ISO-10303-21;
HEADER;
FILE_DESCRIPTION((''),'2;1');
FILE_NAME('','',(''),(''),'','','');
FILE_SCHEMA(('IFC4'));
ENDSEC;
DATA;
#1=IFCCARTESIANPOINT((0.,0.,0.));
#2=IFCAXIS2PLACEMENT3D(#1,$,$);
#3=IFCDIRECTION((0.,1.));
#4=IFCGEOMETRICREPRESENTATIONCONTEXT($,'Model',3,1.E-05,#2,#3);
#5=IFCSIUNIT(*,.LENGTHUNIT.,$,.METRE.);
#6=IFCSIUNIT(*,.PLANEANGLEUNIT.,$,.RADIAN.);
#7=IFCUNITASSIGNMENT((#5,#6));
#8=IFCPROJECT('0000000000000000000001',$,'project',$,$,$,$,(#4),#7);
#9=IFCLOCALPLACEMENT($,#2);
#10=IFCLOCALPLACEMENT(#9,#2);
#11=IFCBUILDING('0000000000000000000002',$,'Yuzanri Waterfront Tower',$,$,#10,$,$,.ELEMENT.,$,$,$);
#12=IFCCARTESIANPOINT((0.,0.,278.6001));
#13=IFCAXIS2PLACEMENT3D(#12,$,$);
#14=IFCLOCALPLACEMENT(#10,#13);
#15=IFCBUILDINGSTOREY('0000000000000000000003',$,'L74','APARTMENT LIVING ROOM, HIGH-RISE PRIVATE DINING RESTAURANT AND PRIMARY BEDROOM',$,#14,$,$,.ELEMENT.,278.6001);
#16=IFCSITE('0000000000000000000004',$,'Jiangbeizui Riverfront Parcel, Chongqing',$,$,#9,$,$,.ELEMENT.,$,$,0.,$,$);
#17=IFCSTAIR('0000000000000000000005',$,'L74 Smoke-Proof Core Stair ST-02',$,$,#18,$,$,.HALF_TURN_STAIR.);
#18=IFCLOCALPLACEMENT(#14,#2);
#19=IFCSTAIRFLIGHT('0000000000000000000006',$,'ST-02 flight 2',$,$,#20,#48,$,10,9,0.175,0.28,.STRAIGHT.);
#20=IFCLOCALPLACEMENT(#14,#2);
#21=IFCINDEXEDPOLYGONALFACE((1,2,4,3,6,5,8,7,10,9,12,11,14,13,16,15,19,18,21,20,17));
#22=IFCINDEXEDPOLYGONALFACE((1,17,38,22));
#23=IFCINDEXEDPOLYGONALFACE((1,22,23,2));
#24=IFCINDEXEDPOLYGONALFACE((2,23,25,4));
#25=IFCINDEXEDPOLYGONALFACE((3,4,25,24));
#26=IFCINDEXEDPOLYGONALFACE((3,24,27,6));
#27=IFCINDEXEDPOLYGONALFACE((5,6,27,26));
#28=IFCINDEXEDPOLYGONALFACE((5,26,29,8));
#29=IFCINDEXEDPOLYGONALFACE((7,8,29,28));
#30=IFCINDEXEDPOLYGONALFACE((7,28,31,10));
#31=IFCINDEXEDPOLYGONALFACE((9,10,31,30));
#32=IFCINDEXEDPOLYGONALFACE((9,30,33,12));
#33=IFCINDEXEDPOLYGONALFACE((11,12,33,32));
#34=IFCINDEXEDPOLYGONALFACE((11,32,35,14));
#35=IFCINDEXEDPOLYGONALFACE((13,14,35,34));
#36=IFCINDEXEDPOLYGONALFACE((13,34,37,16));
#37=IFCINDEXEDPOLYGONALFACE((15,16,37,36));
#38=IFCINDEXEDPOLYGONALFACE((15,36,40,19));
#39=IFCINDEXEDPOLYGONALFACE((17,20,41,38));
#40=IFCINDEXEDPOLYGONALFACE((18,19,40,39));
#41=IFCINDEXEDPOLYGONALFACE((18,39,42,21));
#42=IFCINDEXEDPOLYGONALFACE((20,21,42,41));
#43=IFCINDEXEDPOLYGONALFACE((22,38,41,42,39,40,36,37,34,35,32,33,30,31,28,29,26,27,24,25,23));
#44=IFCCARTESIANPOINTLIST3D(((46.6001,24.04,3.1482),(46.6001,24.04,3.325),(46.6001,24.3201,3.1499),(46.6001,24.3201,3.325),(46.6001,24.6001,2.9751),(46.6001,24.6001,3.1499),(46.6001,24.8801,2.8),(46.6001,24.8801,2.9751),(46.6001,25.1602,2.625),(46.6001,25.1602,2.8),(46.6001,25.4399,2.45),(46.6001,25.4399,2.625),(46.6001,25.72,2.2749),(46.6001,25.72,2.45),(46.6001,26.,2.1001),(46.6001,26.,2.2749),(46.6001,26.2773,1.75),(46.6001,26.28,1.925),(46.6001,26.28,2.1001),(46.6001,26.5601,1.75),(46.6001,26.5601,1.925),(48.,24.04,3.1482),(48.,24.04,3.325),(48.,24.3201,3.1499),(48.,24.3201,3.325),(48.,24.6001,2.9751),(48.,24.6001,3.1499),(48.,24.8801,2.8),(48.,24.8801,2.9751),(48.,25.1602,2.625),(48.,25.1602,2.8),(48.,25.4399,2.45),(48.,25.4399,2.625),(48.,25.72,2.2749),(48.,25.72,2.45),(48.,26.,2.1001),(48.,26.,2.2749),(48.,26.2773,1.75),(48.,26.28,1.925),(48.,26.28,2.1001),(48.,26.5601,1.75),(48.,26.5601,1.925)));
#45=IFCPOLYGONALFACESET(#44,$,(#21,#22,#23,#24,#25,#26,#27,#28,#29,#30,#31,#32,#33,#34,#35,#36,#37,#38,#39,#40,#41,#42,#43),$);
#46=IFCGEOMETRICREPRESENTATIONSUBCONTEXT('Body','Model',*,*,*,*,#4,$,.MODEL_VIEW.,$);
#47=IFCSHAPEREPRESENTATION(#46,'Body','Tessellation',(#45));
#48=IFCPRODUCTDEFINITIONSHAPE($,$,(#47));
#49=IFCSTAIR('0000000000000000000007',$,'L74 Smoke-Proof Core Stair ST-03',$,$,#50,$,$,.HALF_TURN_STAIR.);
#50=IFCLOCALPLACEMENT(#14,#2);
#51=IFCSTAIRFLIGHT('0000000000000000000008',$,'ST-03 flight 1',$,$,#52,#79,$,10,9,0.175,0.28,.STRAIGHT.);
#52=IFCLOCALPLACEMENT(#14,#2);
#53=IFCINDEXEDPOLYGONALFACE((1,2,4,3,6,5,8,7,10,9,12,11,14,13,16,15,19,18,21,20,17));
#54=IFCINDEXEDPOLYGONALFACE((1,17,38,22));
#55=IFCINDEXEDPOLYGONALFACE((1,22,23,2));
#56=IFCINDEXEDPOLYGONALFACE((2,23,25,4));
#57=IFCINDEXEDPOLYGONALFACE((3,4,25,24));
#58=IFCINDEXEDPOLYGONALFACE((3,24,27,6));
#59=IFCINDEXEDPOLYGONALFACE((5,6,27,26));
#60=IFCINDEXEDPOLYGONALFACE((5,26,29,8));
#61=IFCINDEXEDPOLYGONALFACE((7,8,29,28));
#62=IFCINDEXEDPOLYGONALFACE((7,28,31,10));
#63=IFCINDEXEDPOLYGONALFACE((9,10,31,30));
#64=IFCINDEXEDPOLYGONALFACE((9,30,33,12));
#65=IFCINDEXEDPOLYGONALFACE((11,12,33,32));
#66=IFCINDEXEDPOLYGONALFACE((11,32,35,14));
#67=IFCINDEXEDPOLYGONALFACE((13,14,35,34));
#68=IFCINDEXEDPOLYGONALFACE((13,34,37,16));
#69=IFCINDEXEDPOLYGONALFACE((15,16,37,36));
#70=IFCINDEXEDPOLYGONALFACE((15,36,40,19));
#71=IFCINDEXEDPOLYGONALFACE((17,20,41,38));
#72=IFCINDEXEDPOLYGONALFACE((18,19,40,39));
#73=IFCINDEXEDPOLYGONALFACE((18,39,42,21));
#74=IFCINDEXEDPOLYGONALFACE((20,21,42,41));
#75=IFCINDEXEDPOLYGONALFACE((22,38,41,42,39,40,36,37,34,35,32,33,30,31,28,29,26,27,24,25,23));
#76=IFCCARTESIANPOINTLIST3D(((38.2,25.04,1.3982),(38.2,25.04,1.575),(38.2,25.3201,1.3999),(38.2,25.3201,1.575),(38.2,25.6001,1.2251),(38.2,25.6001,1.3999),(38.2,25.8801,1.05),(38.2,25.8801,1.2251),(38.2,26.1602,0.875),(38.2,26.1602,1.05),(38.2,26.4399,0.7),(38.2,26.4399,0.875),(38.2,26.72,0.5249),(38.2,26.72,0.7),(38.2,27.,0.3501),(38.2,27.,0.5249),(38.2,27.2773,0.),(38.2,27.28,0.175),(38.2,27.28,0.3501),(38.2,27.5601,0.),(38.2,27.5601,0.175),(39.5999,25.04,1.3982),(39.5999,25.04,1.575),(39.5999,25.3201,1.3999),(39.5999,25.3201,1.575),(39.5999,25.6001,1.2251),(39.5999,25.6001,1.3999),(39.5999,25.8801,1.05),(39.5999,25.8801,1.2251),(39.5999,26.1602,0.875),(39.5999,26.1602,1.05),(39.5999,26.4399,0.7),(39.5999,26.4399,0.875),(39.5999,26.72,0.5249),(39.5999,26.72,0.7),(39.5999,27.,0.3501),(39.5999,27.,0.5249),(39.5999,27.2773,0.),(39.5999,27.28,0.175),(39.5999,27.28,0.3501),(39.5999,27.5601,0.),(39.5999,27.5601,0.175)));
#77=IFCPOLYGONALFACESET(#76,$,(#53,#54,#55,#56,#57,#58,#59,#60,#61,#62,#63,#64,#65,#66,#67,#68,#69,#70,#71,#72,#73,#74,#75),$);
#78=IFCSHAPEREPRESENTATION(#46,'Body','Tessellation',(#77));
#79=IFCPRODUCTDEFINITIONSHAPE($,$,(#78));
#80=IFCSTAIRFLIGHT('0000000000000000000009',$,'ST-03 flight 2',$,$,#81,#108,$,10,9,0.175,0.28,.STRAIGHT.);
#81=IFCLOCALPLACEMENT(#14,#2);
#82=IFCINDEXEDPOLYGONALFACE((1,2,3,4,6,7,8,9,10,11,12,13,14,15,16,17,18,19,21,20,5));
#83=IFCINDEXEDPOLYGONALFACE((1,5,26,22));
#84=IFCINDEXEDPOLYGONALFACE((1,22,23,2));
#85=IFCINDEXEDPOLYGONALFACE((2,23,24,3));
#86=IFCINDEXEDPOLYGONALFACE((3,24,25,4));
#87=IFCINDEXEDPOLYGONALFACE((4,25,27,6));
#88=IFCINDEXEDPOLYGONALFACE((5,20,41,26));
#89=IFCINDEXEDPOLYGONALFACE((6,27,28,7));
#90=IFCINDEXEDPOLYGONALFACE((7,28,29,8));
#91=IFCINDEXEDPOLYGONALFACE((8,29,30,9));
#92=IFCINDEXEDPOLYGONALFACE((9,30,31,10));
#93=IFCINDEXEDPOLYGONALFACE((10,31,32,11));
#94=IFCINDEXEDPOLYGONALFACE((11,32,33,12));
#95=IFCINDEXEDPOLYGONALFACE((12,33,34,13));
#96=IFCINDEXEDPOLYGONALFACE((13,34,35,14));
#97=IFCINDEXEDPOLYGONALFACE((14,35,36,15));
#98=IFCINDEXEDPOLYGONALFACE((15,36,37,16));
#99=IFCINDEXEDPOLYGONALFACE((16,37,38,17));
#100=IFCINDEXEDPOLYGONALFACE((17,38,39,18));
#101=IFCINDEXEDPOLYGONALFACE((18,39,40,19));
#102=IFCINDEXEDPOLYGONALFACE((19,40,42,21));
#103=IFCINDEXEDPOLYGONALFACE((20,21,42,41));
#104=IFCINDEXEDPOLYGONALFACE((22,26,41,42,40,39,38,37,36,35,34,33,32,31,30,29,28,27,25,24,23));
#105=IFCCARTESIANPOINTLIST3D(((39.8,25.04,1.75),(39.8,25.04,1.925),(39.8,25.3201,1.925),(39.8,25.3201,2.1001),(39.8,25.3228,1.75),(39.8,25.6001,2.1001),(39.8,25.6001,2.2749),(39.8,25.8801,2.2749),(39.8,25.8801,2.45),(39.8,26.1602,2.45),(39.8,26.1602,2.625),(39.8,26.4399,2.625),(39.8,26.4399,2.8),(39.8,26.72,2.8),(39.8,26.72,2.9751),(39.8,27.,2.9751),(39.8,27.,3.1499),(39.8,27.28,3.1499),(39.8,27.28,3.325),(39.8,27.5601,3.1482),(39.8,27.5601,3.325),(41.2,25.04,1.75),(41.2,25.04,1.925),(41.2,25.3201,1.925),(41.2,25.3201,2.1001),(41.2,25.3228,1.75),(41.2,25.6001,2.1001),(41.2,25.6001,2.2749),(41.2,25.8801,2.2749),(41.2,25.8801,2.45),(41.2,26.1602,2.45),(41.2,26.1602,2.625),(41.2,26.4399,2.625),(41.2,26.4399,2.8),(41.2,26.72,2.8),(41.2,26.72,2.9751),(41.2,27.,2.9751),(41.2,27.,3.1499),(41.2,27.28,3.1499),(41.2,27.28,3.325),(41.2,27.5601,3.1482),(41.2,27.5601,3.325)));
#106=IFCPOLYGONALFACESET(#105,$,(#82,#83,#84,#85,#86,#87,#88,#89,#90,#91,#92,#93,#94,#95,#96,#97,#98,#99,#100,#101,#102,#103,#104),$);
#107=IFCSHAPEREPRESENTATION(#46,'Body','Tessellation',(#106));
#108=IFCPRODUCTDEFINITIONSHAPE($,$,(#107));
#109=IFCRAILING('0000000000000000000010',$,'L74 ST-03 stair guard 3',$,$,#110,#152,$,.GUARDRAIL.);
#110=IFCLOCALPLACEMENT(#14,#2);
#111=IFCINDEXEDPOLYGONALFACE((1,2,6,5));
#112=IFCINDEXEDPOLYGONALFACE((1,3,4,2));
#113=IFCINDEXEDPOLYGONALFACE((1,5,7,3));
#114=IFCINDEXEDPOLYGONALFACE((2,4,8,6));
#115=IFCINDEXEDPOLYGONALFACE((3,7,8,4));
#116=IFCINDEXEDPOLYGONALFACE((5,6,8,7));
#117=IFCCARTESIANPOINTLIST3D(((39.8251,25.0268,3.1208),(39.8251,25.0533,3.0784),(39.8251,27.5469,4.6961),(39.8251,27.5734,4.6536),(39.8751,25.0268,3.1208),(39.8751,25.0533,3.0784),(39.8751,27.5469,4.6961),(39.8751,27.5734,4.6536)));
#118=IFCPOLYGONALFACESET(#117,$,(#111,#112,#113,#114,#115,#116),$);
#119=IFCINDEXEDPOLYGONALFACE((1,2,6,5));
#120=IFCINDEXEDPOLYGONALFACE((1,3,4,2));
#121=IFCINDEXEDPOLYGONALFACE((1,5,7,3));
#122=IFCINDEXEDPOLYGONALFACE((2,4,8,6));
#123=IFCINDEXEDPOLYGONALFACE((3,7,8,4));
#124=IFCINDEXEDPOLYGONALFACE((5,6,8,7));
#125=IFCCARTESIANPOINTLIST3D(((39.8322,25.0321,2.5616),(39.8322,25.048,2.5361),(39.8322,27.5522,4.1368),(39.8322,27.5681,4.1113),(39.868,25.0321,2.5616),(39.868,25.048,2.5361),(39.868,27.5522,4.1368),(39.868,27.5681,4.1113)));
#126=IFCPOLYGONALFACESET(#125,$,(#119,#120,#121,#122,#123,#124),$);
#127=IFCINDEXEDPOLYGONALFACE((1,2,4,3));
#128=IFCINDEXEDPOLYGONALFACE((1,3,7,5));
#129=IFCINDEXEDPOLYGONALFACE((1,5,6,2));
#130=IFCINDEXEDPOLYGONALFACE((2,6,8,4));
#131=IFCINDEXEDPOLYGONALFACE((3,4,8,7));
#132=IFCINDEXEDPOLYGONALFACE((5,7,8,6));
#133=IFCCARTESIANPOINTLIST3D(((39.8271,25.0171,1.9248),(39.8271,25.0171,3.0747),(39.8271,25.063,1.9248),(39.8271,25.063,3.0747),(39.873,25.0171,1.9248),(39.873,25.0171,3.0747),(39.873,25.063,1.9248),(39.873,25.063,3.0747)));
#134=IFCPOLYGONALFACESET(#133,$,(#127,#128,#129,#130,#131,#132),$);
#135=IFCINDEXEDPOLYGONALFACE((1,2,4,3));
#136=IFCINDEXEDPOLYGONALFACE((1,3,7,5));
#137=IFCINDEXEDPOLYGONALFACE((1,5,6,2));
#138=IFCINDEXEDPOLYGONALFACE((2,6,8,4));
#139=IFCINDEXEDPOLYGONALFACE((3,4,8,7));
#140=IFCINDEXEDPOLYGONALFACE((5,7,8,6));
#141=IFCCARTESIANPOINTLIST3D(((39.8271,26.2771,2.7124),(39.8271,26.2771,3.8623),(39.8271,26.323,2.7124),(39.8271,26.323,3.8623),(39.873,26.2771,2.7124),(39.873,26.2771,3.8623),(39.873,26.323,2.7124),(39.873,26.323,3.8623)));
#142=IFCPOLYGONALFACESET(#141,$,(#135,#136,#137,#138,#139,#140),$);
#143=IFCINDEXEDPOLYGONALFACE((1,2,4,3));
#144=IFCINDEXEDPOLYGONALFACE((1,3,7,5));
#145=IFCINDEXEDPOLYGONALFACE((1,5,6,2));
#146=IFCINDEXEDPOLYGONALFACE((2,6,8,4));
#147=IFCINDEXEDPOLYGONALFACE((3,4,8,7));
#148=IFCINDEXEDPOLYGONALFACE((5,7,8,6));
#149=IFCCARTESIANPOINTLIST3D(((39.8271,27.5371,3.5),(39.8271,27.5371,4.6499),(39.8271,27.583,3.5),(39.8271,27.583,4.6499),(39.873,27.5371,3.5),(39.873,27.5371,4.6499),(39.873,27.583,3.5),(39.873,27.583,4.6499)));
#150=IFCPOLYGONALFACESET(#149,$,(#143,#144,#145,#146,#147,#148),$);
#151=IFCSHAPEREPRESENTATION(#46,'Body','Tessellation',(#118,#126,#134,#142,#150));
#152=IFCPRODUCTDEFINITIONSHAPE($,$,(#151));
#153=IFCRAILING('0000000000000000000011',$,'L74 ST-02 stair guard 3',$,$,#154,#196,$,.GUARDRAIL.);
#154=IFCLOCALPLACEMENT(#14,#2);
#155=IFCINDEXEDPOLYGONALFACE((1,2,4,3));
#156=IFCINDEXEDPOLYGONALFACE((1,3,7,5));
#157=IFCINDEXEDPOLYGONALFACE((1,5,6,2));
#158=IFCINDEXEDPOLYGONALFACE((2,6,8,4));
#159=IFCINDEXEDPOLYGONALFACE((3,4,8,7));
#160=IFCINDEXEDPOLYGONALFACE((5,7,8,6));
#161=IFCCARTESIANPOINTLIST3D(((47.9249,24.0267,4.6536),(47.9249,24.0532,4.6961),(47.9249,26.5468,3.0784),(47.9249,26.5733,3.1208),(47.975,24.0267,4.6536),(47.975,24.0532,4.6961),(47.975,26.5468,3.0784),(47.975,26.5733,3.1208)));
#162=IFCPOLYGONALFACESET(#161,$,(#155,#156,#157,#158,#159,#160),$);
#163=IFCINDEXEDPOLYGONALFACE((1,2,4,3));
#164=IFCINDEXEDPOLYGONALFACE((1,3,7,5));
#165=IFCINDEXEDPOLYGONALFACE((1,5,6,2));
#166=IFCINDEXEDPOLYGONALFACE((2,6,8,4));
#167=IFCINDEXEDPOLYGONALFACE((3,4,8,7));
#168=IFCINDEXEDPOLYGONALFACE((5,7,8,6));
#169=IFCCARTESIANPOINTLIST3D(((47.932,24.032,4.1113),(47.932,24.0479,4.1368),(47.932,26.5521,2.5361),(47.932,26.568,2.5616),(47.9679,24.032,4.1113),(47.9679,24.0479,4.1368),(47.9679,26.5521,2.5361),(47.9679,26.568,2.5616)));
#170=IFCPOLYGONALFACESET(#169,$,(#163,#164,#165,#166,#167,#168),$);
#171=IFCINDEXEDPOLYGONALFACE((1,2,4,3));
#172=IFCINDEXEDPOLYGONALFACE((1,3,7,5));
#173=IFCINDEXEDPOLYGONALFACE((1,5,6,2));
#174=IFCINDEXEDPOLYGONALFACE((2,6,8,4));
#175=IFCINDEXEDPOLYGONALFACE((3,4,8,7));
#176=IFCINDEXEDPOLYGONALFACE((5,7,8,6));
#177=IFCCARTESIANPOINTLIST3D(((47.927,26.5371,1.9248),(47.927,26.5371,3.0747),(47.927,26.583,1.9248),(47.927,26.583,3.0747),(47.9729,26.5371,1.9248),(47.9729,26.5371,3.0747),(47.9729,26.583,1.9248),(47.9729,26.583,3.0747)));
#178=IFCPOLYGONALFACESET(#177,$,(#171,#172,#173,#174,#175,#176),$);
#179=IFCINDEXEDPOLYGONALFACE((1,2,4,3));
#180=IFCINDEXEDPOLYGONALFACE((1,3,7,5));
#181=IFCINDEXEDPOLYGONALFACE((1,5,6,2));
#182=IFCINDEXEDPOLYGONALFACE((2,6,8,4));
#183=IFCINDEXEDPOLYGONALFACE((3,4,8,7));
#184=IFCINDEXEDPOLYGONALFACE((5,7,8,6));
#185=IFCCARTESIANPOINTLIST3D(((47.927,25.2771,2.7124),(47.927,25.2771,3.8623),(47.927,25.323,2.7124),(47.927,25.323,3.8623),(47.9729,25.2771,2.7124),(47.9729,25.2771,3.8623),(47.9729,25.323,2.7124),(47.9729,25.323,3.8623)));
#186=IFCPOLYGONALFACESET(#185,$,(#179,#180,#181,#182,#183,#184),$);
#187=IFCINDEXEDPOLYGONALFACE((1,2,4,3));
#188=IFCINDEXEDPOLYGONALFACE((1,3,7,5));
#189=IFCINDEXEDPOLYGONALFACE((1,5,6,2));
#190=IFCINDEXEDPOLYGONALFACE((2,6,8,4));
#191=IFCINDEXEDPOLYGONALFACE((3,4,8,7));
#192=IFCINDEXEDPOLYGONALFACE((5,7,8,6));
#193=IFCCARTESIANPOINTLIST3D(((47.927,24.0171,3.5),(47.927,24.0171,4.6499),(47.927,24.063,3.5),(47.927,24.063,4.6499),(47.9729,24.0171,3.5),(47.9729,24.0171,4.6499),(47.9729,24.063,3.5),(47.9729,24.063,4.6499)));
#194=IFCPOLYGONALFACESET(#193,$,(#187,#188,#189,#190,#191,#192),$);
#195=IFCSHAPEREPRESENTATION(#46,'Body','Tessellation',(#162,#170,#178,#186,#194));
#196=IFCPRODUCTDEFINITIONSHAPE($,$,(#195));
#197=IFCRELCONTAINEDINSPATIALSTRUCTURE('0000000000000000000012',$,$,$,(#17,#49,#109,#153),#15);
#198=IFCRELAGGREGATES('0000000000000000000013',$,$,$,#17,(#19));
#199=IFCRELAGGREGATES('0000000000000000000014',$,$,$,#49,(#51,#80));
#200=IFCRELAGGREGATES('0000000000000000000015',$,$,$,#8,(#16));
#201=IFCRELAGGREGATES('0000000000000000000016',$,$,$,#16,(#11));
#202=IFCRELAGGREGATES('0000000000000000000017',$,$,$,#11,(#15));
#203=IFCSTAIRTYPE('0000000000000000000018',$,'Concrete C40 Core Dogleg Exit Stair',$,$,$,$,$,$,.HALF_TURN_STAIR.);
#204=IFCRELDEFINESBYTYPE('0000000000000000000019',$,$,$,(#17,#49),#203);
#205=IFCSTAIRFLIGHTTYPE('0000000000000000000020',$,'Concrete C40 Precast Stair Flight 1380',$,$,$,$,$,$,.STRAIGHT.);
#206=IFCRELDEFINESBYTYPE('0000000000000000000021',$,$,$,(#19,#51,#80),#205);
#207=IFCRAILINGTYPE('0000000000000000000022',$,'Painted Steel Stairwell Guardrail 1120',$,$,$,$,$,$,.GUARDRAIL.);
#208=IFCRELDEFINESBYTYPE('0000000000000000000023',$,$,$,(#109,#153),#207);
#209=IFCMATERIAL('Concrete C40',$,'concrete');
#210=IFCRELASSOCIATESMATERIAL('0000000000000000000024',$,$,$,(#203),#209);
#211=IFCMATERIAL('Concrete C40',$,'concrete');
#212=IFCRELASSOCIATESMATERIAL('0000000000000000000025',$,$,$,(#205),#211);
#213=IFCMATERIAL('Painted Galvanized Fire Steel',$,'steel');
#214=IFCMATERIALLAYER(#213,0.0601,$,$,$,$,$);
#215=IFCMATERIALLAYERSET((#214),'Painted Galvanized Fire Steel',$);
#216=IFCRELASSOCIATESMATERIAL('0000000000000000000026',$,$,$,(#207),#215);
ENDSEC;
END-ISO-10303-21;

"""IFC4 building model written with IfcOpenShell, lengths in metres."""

from ifc_helpers import new_model, si_unit, direction, frame, origin, origin_2d, place, context, subcontext, project, spatial, polyline, rectangle, outline, extrude, source, transform, mapped, material, layer, layer_set, type_object, element, aggregate, save


model = new_model("IFC4")

# Units and contexts
model_context = context("Model", 3, precision=1e-05, world=origin(), true_north=direction((0.0, 1.0)))
body_context = subcontext(model_context, "Body", "Model", "MODEL_VIEW")
ifc_project = project(units=[si_unit("LENGTHUNIT", "METRE"), si_unit("PLANEANGLEUNIT", "RADIAN")], contexts=[model_context])

# Site, building, storey
site_placement = place(None, origin())
site = spatial("IfcSite", under=ifc_project, at=site_placement, Name="Jiangbeizui Riverfront Parcel, Chongqing", CompositionType="ELEMENT", RefElevation=0.0)
building_placement = place(site_placement, origin())
building = spatial("IfcBuilding", under=site, at=building_placement, Name="Yuzanri Waterfront Tower", CompositionType="ELEMENT")
storey_placement = place(building_placement, frame((0.0, 0.0, 278.6001)))
storey = spatial("IfcBuildingStorey", under=building, at=storey_placement, Name="L74", Description="APARTMENT LIVING ROOM, HIGH-RISE PRIVATE DINING RESTAURANT AND PRIMARY BEDROOM", CompositionType="ELEMENT", Elevation=278.6001)

# Stair, stair flight
ifc_material_1 = material(Name="Concrete C40", Category="concrete")
stair_type = type_object("IfcStairType", Name="Concrete C40 Core Dogleg Exit Stair", PredefinedType="HALF_TURN_STAIR", material=ifc_material_1)
stair_1_placement = place(storey_placement, origin())
stair_1 = element("IfcStair", 1, at=stair_1_placement, inside=storey, type_object=stair_type, Name="L74 Smoke-Proof Core Stair ST-02", PredefinedType="HALF_TURN_STAIR")
ifc_material_2 = material(Name="Concrete C40", Category="concrete")
stair_flight_type = type_object("IfcStairFlightType", Name="Concrete C40 Precast Stair Flight 1380", PredefinedType="STRAIGHT", material=ifc_material_2)
shared_shape_1 = source(origin(), body_context, "Body", "SweptSolid", [
    extrude(outline(polyline([(0.0, 0.0), (0.0, 0.175), (0.28, 0.175), (0.28, 0.3501), (0.5601, 0.3501), (0.5601, 0.5249), (0.8401, 0.5249), (0.8401, 0.7), (1.1201, 0.7), (1.1201, 0.875), (1.3999, 0.875), (1.3999, 1.05), (1.6799, 1.05), (1.6799, 1.2251), (1.96, 1.2251), (1.96, 1.3999), (2.24, 1.3999), (2.24, 1.575), (2.52, 1.575), (2.52, 1.75), (2.52, 1.3982), (0.2827, 0.0), (0.0, 0.0)])), frame((0.0, 0.7, 0.0), z_axis=(0.0, -1.0, 0.0), x_axis=(1.0, 0.0, 0.0)), (0.0, 0.0, 1.0), 1.3999),
])
stair_flight_1_placement = place(storey_placement, frame((47.3, 26.5601, 1.75), z_axis=(0.0, 0.0, 1.0), x_axis=(0.0, -1.0, 0.0)))
stair_flight_1 = element("IfcStairFlight", 2, at=stair_flight_1_placement, type_object=stair_flight_type, Name="ST-02 flight 2", NumberOfRisers=10, NumberOfTreads=9, PredefinedType="STRAIGHT", RiserHeight=0.175, TreadLength=0.28, context=body_context, shape_type="MappedRepresentation", body=[
    mapped(shared_shape_1, transform((0.0, 0.0, 0.0), scale=1.0)),
])
aggregate(stair_1, [stair_flight_1])

# Stair, stair flights
stair_2_placement = place(storey_placement, origin())
stair_2 = element("IfcStair", 3, at=stair_2_placement, inside=storey, type_object=stair_type, Name="L74 Smoke-Proof Core Stair ST-03", PredefinedType="HALF_TURN_STAIR")
stair_flight_2_placement = place(storey_placement, frame((38.8999, 27.5601, 0.0), z_axis=(0.0, 0.0, 1.0), x_axis=(0.0, -1.0, 0.0)))
stair_flight_2 = element("IfcStairFlight", 4, at=stair_flight_2_placement, type_object=stair_flight_type, Name="ST-03 flight 1", NumberOfRisers=10, NumberOfTreads=9, PredefinedType="STRAIGHT", RiserHeight=0.175, TreadLength=0.28, context=body_context, shape_type="MappedRepresentation", body=[
    mapped(shared_shape_1, transform((0.0, 0.0, 0.0), scale=1.0)),
])
stair_flight_3_placement = place(storey_placement, frame((40.5, 25.04, 1.75), z_axis=(0.0, 0.0, 1.0), x_axis=(0.0, 1.0, 0.0)))
stair_flight_3 = element("IfcStairFlight", 5, at=stair_flight_3_placement, type_object=stair_flight_type, Name="ST-03 flight 2", NumberOfRisers=10, NumberOfTreads=9, PredefinedType="STRAIGHT", RiserHeight=0.175, TreadLength=0.28, context=body_context, shape_type="MappedRepresentation", body=[
    mapped(shared_shape_1, transform((0.0, 0.0, 0.0), scale=1.0)),
])
aggregate(stair_2, [stair_flight_2, stair_flight_3])

# Railings
ifc_material_3 = material(Name="Painted Galvanized Fire Steel", Category="steel")
ifc_layer_1 = layer(ifc_material_3, 0.0601)
ifc_layer_set_1 = layer_set([ifc_layer_1], Name="Painted Galvanized Fire Steel")
railing_type_1 = type_object("IfcRailingType", Name="Painted Steel Stairwell Guardrail 1120", PredefinedType="GUARDRAIL", material=ifc_layer_set_1)
shared_shape_2 = source(origin(), body_context, "Body", "SweptSolid", [
    extrude(rectangle(XDim=0.05, YDim=0.05, at=origin_2d()), frame((0.0, 0.0, 1.1748), z_axis=(0.0, 0.847971, 0.530043), x_axis=(-1.0, 0.0, 0.0)), (0.0, 0.0, 1.0), 2.9719),
    extrude(rectangle(XDim=0.0359, YDim=0.03, at=origin_2d()), frame((0.0, 0.0, 0.624), z_axis=(0.0, 0.847971, 0.530043), x_axis=(-1.0, 0.0, 0.0)), (0.0, 0.0, 1.0), 2.9719),
    extrude(rectangle(XDim=0.0459, YDim=0.0459, at=origin_2d()), origin(), (0.0, 0.0, 1.0), 1.1499),
    extrude(rectangle(XDim=0.0459, YDim=0.0459, at=origin_2d()), frame((0.0, 1.26, 0.7876)), (0.0, 0.0, 1.0), 1.1499),
    extrude(rectangle(XDim=0.0459, YDim=0.0459, at=origin_2d()), frame((0.0, 2.52, 1.5752)), (0.0, 0.0, 1.0), 1.1499),
])
railing_1_placement = place(storey_placement, frame((39.8501, 25.04, 1.9248)))
element("IfcRailing", 6, at=railing_1_placement, inside=storey, type_object=railing_type_1, Name="L74 ST-03 stair guard 3", PredefinedType="GUARDRAIL", context=body_context, shape_type="MappedRepresentation", body=[
    mapped(shared_shape_2, transform((0.0, 0.0, 0.0), scale=1.0)),
])
shared_shape_3 = source(origin(), body_context, "Body", "SweptSolid", [
    extrude(rectangle(XDim=0.05, YDim=0.05, at=origin_2d()), frame((0.0, 0.0, 1.1748), z_axis=(0.0, -0.847971, 0.530043), x_axis=(1.0, 0.0, 0.0)), (0.0, 0.0, 1.0), 2.9719),
    extrude(rectangle(XDim=0.0359, YDim=0.03, at=origin_2d()), frame((0.0, 0.0, 0.624), z_axis=(0.0, -0.847971, 0.530043), x_axis=(1.0, 0.0, 0.0)), (0.0, 0.0, 1.0), 2.9719),
    extrude(rectangle(XDim=0.0459, YDim=0.0459, at=origin_2d()), origin(), (0.0, 0.0, 1.0), 1.1499),
    extrude(rectangle(XDim=0.0459, YDim=0.0459, at=origin_2d()), frame((0.0, -1.26, 0.7876)), (0.0, 0.0, 1.0), 1.1499),
    extrude(rectangle(XDim=0.0459, YDim=0.0459, at=origin_2d()), frame((0.0, -2.52, 1.5752)), (0.0, 0.0, 1.0), 1.1499),
])
for number, where, name in (
    (7, (47.95, 26.5601, 1.9248), "L74 ST-02 stair guard 3"),
):
    element("IfcRailing", number, at=place(storey_placement, frame(where)), inside=storey, type_object=railing_type_1, Name=name, PredefinedType="GUARDRAIL", context=body_context, shape_type="MappedRepresentation", body=[
        mapped(shared_shape_3, transform((0.0, 0.0, 0.0), scale=1.0)),
    ])

save(model, "model.ifc")
